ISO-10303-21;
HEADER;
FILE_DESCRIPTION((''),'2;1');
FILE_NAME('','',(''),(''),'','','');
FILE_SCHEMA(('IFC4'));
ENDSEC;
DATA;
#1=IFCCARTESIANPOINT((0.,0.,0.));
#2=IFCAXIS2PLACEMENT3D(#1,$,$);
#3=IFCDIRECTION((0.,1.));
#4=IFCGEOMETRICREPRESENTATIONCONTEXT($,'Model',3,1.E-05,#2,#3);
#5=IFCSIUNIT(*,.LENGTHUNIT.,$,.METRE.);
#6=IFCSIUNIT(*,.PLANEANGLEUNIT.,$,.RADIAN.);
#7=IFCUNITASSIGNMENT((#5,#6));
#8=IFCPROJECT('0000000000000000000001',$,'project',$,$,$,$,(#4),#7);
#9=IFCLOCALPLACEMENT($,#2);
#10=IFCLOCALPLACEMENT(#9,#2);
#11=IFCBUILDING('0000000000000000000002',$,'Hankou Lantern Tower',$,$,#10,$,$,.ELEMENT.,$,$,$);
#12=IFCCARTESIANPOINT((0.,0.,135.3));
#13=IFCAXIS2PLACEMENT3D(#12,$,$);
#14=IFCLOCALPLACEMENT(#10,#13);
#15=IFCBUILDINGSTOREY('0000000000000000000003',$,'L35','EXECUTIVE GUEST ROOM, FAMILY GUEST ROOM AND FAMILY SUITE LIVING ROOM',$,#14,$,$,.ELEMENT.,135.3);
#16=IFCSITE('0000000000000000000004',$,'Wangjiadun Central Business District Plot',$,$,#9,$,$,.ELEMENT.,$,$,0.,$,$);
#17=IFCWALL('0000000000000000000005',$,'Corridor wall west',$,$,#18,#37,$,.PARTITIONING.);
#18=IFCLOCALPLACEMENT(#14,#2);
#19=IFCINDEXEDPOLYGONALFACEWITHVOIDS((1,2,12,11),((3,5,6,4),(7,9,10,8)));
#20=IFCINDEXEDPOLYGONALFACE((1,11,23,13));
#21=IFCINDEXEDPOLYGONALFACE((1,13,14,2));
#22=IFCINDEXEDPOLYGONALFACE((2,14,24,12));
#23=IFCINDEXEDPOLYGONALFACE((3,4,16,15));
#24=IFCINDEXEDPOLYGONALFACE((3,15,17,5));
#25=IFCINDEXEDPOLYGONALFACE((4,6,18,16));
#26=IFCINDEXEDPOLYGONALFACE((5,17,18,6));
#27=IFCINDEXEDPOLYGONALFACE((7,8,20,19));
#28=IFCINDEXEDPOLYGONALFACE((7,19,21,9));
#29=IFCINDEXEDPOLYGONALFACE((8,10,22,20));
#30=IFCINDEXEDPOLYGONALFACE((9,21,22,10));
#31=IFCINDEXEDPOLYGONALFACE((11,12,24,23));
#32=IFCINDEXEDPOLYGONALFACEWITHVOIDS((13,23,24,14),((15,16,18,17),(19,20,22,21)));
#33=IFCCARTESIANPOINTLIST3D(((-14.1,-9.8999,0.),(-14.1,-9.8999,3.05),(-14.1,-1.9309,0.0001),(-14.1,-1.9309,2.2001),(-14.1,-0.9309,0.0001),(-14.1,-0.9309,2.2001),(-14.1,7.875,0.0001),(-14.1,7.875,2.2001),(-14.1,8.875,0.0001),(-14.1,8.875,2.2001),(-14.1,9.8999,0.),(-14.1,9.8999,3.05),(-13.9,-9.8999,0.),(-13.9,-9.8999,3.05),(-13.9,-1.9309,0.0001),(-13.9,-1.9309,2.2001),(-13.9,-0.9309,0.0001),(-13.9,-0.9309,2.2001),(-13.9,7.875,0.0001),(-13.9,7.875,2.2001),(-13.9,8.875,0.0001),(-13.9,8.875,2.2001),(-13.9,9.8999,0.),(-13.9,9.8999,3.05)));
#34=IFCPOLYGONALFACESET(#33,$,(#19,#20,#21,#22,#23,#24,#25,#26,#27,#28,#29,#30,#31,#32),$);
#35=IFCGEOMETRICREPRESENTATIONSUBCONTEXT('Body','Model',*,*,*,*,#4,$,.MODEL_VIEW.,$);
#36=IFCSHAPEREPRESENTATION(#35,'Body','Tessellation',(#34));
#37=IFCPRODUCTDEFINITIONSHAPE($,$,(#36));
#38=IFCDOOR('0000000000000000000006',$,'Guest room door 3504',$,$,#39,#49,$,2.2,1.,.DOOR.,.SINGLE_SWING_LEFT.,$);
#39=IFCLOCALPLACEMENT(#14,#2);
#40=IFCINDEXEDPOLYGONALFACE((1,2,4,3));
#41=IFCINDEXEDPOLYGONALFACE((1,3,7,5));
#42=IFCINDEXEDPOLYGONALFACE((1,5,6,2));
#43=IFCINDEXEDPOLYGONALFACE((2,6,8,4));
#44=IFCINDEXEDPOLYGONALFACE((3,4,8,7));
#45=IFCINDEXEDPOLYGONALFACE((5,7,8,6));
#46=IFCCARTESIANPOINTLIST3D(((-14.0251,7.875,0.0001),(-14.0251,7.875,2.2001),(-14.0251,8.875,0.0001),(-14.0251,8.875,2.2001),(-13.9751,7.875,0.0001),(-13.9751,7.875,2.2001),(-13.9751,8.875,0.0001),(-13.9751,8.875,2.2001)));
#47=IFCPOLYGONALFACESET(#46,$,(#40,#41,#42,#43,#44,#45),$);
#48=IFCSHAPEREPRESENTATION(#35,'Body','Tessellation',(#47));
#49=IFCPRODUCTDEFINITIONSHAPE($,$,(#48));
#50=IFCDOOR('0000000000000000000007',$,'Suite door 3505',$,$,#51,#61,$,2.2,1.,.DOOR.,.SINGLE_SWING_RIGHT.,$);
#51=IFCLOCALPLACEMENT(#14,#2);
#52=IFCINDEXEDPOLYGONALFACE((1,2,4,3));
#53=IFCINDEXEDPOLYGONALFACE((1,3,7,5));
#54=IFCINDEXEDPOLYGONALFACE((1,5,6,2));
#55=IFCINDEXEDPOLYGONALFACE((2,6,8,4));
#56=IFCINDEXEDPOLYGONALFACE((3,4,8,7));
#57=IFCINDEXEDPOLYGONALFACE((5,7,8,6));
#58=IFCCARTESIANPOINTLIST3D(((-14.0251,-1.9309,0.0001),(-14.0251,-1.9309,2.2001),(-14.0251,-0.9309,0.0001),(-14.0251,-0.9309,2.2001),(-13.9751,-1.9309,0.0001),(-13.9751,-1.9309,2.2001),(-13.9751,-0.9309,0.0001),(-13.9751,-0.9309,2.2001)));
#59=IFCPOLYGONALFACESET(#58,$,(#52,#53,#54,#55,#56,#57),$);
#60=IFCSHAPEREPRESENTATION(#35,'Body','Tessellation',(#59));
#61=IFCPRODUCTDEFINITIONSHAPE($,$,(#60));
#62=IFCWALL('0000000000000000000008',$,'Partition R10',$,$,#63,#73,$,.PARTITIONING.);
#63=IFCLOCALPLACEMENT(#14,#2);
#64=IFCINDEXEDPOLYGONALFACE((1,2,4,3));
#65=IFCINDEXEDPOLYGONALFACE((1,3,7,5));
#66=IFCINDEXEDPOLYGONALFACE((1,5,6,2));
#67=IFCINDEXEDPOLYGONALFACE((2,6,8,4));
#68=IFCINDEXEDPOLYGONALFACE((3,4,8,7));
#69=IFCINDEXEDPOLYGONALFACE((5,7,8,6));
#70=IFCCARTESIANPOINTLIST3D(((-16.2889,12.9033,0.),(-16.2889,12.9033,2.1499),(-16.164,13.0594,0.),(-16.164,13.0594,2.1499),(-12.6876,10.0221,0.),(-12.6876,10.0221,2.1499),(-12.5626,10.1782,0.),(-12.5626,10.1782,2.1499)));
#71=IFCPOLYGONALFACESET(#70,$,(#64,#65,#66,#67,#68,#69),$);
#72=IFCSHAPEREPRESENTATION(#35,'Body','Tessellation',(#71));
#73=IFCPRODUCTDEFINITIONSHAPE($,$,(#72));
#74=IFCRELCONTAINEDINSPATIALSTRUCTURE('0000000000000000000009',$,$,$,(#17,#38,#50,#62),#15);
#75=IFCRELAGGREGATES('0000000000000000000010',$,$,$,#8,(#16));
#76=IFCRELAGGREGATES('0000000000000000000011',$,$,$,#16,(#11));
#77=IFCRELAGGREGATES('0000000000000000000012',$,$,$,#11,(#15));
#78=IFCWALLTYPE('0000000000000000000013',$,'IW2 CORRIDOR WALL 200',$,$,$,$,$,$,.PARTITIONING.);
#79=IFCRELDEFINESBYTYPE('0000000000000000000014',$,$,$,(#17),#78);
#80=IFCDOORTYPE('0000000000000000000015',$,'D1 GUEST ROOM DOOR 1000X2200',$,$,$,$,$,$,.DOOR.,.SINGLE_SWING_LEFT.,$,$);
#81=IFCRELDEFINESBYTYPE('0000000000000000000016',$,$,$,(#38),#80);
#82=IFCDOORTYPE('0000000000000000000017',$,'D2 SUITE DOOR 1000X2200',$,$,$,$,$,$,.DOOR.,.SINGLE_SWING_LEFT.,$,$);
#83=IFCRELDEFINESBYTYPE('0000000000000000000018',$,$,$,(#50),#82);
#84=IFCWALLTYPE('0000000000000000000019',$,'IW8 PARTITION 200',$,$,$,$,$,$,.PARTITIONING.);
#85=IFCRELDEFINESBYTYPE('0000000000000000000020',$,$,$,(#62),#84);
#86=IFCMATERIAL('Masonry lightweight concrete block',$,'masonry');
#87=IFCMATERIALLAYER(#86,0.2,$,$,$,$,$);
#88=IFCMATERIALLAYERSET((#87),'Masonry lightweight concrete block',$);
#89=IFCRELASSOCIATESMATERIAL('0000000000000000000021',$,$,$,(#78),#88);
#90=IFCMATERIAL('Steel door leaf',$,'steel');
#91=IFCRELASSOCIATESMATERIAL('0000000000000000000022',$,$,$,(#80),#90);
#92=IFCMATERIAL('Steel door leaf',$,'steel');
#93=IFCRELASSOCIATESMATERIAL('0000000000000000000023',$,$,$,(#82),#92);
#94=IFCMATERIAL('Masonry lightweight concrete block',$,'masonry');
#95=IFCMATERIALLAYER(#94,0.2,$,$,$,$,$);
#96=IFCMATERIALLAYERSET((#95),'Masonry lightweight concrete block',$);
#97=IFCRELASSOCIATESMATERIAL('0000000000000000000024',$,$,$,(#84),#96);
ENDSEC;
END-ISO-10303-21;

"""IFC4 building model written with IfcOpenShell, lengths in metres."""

from ifc_helpers import new_model, si_unit, direction, frame, frame_2d, origin, place, context, subcontext, project, spatial, rectangle, extrude, material, layer, layer_set, type_object, element, fill, save


model = new_model("IFC4")

# Units and contexts
model_context = context("Model", 3, precision=1e-05, world=origin(), true_north=direction((0.0, 1.0)))
body_context = subcontext(model_context, "Body", "Model", "MODEL_VIEW")
ifc_project = project(units=[si_unit("LENGTHUNIT", "METRE"), si_unit("PLANEANGLEUNIT", "RADIAN")], contexts=[model_context])

# Site, building, storey
site_placement = place(None, origin())
site = spatial("IfcSite", under=ifc_project, at=site_placement, Name="Wangjiadun Central Business District Plot", CompositionType="ELEMENT", RefElevation=0.0)
building_placement = place(site_placement, origin())
building = spatial("IfcBuilding", under=site, at=building_placement, Name="Hankou Lantern Tower", CompositionType="ELEMENT")
storey_placement = place(building_placement, frame((0.0, 0.0, 135.3)))
storey = spatial("IfcBuildingStorey", under=building, at=storey_placement, Name="L35", Description="EXECUTIVE GUEST ROOM, FAMILY GUEST ROOM AND FAMILY SUITE LIVING ROOM", CompositionType="ELEMENT", Elevation=135.3)

# Wall, openings, doors
ifc_material_1 = material(Name="Masonry lightweight concrete block", Category="masonry")
ifc_layer_1 = layer(ifc_material_1, 0.2)
ifc_layer_set_1 = layer_set([ifc_layer_1], Name="Masonry lightweight concrete block")
wall_type_1 = type_object("IfcWallType", Name="IW2 CORRIDOR WALL 200", PredefinedType="PARTITIONING", material=ifc_layer_set_1)
ifc_material_2 = material(Name="Steel door leaf", Category="steel")
door_type_1 = type_object("IfcDoorType", Name="D1 GUEST ROOM DOOR 1000X2200", OperationType="SINGLE_SWING_LEFT", PredefinedType="DOOR", material=ifc_material_2)
wall_1_placement = place(storey_placement, frame((-14.0, 9.8999, 0.0), z_axis=(0.0, 0.0, 1.0), x_axis=(0.0, -1.0, 0.0)))
wall_1 = element("IfcWall", 1, at=wall_1_placement, inside=storey, type_object=wall_type_1, Name="Corridor wall west", PredefinedType="PARTITIONING", context=body_context, shape_type="SweptSolid", body=[
    extrude(rectangle(XDim=19.7998, YDim=0.2, at=frame_2d((9.8999, 0.0))), origin(), (0.0, 0.0, 1.0), 3.05),
])
opening_1_placement = place(wall_1_placement, frame((1.0249, 0.0, 0.0)))
opening_1 = element("IfcOpeningElement", 2, at=opening_1_placement, cuts=wall_1, PredefinedType="OPENING", context=body_context, shape_type="SweptSolid", body=[
    extrude(rectangle(XDim=1.0, YDim=2.2, at=frame_2d((0.5, 1.1001))), frame((0.0, 0.1099, 0.0), z_axis=(0.0, -1.0, 0.0), x_axis=(1.0, 0.0, 0.0)), (0.0, 0.0, 1.0), 0.22),
])
opening_2_placement = place(wall_1_placement, frame((10.8308, 0.0, 0.0)))
opening_2 = element("IfcOpeningElement", 3, at=opening_2_placement, cuts=wall_1, PredefinedType="OPENING", context=body_context, shape_type="SweptSolid", body=[
    extrude(rectangle(XDim=1.0, YDim=2.2, at=frame_2d((0.5, 1.1001))), frame((0.0, 0.1099, 0.0), z_axis=(0.0, -1.0, 0.0), x_axis=(1.0, 0.0, 0.0)), (0.0, 0.0, 1.0), 0.22),
])
door_1_placement = place(opening_1_placement, origin())
door_1 = element("IfcDoor", 4, at=door_1_placement, inside=storey, type_object=door_type_1, Name="Guest room door 3504", OperationType="SINGLE_SWING_LEFT", OverallHeight=2.2, OverallWidth=1.0, PredefinedType="DOOR", context=body_context, shape_type="SweptSolid", body=[
    extrude(rectangle(XDim=1.0, YDim=2.2, at=frame_2d((0.5, 1.1001))), frame((0.0, 0.0249, 0.0), z_axis=(0.0, -1.0, 0.0), x_axis=(1.0, 0.0, 0.0)), (0.0, 0.0, 1.0), 0.05),
])
fill(opening_1, door_1)
ifc_material_3 = material(Name="Steel door leaf", Category="steel")
door_type_2 = type_object("IfcDoorType", Name="D2 SUITE DOOR 1000X2200", OperationType="SINGLE_SWING_LEFT", PredefinedType="DOOR", material=ifc_material_3)
door_2_placement = place(opening_2_placement, origin())
door_2 = element("IfcDoor", 5, at=door_2_placement, inside=storey, type_object=door_type_2, Name="Suite door 3505", OperationType="SINGLE_SWING_RIGHT", OverallHeight=2.2, OverallWidth=1.0, PredefinedType="DOOR", context=body_context, shape_type="SweptSolid", body=[
    extrude(rectangle(XDim=1.0, YDim=2.2, at=frame_2d((0.5, 1.1001))), frame((0.0, 0.0249, 0.0), z_axis=(0.0, -1.0, 0.0), x_axis=(1.0, 0.0, 0.0)), (0.0, 0.0, 1.0), 0.05),
])
fill(opening_2, door_2)

# Wall
ifc_material_4 = material(Name="Masonry lightweight concrete block", Category="masonry")
ifc_layer_2 = layer(ifc_material_4, 0.2)
ifc_layer_set_2 = layer_set([ifc_layer_2], Name="Masonry lightweight concrete block")
wall_type_2 = type_object("IfcWallType", Name="IW8 PARTITION 200", PredefinedType="PARTITIONING", material=ifc_layer_set_2)
wall_2_placement = place(storey_placement, frame((-12.625, 10.1001, 0.0), z_axis=(0.0, 0.0, 1.0), x_axis=(-0.780864, 0.624702, 0.0)))
element("IfcWall", 6, at=wall_2_placement, inside=storey, type_object=wall_type_2, Name="Partition R10", PredefinedType="PARTITIONING", context=body_context, shape_type="SweptSolid", body=[
    extrude(rectangle(XDim=4.6121, YDim=0.2, at=frame_2d((2.3062, 0.0))), origin(), (0.0, 0.0, 1.0), 2.1499),
])

save(model, "model.ifc")
